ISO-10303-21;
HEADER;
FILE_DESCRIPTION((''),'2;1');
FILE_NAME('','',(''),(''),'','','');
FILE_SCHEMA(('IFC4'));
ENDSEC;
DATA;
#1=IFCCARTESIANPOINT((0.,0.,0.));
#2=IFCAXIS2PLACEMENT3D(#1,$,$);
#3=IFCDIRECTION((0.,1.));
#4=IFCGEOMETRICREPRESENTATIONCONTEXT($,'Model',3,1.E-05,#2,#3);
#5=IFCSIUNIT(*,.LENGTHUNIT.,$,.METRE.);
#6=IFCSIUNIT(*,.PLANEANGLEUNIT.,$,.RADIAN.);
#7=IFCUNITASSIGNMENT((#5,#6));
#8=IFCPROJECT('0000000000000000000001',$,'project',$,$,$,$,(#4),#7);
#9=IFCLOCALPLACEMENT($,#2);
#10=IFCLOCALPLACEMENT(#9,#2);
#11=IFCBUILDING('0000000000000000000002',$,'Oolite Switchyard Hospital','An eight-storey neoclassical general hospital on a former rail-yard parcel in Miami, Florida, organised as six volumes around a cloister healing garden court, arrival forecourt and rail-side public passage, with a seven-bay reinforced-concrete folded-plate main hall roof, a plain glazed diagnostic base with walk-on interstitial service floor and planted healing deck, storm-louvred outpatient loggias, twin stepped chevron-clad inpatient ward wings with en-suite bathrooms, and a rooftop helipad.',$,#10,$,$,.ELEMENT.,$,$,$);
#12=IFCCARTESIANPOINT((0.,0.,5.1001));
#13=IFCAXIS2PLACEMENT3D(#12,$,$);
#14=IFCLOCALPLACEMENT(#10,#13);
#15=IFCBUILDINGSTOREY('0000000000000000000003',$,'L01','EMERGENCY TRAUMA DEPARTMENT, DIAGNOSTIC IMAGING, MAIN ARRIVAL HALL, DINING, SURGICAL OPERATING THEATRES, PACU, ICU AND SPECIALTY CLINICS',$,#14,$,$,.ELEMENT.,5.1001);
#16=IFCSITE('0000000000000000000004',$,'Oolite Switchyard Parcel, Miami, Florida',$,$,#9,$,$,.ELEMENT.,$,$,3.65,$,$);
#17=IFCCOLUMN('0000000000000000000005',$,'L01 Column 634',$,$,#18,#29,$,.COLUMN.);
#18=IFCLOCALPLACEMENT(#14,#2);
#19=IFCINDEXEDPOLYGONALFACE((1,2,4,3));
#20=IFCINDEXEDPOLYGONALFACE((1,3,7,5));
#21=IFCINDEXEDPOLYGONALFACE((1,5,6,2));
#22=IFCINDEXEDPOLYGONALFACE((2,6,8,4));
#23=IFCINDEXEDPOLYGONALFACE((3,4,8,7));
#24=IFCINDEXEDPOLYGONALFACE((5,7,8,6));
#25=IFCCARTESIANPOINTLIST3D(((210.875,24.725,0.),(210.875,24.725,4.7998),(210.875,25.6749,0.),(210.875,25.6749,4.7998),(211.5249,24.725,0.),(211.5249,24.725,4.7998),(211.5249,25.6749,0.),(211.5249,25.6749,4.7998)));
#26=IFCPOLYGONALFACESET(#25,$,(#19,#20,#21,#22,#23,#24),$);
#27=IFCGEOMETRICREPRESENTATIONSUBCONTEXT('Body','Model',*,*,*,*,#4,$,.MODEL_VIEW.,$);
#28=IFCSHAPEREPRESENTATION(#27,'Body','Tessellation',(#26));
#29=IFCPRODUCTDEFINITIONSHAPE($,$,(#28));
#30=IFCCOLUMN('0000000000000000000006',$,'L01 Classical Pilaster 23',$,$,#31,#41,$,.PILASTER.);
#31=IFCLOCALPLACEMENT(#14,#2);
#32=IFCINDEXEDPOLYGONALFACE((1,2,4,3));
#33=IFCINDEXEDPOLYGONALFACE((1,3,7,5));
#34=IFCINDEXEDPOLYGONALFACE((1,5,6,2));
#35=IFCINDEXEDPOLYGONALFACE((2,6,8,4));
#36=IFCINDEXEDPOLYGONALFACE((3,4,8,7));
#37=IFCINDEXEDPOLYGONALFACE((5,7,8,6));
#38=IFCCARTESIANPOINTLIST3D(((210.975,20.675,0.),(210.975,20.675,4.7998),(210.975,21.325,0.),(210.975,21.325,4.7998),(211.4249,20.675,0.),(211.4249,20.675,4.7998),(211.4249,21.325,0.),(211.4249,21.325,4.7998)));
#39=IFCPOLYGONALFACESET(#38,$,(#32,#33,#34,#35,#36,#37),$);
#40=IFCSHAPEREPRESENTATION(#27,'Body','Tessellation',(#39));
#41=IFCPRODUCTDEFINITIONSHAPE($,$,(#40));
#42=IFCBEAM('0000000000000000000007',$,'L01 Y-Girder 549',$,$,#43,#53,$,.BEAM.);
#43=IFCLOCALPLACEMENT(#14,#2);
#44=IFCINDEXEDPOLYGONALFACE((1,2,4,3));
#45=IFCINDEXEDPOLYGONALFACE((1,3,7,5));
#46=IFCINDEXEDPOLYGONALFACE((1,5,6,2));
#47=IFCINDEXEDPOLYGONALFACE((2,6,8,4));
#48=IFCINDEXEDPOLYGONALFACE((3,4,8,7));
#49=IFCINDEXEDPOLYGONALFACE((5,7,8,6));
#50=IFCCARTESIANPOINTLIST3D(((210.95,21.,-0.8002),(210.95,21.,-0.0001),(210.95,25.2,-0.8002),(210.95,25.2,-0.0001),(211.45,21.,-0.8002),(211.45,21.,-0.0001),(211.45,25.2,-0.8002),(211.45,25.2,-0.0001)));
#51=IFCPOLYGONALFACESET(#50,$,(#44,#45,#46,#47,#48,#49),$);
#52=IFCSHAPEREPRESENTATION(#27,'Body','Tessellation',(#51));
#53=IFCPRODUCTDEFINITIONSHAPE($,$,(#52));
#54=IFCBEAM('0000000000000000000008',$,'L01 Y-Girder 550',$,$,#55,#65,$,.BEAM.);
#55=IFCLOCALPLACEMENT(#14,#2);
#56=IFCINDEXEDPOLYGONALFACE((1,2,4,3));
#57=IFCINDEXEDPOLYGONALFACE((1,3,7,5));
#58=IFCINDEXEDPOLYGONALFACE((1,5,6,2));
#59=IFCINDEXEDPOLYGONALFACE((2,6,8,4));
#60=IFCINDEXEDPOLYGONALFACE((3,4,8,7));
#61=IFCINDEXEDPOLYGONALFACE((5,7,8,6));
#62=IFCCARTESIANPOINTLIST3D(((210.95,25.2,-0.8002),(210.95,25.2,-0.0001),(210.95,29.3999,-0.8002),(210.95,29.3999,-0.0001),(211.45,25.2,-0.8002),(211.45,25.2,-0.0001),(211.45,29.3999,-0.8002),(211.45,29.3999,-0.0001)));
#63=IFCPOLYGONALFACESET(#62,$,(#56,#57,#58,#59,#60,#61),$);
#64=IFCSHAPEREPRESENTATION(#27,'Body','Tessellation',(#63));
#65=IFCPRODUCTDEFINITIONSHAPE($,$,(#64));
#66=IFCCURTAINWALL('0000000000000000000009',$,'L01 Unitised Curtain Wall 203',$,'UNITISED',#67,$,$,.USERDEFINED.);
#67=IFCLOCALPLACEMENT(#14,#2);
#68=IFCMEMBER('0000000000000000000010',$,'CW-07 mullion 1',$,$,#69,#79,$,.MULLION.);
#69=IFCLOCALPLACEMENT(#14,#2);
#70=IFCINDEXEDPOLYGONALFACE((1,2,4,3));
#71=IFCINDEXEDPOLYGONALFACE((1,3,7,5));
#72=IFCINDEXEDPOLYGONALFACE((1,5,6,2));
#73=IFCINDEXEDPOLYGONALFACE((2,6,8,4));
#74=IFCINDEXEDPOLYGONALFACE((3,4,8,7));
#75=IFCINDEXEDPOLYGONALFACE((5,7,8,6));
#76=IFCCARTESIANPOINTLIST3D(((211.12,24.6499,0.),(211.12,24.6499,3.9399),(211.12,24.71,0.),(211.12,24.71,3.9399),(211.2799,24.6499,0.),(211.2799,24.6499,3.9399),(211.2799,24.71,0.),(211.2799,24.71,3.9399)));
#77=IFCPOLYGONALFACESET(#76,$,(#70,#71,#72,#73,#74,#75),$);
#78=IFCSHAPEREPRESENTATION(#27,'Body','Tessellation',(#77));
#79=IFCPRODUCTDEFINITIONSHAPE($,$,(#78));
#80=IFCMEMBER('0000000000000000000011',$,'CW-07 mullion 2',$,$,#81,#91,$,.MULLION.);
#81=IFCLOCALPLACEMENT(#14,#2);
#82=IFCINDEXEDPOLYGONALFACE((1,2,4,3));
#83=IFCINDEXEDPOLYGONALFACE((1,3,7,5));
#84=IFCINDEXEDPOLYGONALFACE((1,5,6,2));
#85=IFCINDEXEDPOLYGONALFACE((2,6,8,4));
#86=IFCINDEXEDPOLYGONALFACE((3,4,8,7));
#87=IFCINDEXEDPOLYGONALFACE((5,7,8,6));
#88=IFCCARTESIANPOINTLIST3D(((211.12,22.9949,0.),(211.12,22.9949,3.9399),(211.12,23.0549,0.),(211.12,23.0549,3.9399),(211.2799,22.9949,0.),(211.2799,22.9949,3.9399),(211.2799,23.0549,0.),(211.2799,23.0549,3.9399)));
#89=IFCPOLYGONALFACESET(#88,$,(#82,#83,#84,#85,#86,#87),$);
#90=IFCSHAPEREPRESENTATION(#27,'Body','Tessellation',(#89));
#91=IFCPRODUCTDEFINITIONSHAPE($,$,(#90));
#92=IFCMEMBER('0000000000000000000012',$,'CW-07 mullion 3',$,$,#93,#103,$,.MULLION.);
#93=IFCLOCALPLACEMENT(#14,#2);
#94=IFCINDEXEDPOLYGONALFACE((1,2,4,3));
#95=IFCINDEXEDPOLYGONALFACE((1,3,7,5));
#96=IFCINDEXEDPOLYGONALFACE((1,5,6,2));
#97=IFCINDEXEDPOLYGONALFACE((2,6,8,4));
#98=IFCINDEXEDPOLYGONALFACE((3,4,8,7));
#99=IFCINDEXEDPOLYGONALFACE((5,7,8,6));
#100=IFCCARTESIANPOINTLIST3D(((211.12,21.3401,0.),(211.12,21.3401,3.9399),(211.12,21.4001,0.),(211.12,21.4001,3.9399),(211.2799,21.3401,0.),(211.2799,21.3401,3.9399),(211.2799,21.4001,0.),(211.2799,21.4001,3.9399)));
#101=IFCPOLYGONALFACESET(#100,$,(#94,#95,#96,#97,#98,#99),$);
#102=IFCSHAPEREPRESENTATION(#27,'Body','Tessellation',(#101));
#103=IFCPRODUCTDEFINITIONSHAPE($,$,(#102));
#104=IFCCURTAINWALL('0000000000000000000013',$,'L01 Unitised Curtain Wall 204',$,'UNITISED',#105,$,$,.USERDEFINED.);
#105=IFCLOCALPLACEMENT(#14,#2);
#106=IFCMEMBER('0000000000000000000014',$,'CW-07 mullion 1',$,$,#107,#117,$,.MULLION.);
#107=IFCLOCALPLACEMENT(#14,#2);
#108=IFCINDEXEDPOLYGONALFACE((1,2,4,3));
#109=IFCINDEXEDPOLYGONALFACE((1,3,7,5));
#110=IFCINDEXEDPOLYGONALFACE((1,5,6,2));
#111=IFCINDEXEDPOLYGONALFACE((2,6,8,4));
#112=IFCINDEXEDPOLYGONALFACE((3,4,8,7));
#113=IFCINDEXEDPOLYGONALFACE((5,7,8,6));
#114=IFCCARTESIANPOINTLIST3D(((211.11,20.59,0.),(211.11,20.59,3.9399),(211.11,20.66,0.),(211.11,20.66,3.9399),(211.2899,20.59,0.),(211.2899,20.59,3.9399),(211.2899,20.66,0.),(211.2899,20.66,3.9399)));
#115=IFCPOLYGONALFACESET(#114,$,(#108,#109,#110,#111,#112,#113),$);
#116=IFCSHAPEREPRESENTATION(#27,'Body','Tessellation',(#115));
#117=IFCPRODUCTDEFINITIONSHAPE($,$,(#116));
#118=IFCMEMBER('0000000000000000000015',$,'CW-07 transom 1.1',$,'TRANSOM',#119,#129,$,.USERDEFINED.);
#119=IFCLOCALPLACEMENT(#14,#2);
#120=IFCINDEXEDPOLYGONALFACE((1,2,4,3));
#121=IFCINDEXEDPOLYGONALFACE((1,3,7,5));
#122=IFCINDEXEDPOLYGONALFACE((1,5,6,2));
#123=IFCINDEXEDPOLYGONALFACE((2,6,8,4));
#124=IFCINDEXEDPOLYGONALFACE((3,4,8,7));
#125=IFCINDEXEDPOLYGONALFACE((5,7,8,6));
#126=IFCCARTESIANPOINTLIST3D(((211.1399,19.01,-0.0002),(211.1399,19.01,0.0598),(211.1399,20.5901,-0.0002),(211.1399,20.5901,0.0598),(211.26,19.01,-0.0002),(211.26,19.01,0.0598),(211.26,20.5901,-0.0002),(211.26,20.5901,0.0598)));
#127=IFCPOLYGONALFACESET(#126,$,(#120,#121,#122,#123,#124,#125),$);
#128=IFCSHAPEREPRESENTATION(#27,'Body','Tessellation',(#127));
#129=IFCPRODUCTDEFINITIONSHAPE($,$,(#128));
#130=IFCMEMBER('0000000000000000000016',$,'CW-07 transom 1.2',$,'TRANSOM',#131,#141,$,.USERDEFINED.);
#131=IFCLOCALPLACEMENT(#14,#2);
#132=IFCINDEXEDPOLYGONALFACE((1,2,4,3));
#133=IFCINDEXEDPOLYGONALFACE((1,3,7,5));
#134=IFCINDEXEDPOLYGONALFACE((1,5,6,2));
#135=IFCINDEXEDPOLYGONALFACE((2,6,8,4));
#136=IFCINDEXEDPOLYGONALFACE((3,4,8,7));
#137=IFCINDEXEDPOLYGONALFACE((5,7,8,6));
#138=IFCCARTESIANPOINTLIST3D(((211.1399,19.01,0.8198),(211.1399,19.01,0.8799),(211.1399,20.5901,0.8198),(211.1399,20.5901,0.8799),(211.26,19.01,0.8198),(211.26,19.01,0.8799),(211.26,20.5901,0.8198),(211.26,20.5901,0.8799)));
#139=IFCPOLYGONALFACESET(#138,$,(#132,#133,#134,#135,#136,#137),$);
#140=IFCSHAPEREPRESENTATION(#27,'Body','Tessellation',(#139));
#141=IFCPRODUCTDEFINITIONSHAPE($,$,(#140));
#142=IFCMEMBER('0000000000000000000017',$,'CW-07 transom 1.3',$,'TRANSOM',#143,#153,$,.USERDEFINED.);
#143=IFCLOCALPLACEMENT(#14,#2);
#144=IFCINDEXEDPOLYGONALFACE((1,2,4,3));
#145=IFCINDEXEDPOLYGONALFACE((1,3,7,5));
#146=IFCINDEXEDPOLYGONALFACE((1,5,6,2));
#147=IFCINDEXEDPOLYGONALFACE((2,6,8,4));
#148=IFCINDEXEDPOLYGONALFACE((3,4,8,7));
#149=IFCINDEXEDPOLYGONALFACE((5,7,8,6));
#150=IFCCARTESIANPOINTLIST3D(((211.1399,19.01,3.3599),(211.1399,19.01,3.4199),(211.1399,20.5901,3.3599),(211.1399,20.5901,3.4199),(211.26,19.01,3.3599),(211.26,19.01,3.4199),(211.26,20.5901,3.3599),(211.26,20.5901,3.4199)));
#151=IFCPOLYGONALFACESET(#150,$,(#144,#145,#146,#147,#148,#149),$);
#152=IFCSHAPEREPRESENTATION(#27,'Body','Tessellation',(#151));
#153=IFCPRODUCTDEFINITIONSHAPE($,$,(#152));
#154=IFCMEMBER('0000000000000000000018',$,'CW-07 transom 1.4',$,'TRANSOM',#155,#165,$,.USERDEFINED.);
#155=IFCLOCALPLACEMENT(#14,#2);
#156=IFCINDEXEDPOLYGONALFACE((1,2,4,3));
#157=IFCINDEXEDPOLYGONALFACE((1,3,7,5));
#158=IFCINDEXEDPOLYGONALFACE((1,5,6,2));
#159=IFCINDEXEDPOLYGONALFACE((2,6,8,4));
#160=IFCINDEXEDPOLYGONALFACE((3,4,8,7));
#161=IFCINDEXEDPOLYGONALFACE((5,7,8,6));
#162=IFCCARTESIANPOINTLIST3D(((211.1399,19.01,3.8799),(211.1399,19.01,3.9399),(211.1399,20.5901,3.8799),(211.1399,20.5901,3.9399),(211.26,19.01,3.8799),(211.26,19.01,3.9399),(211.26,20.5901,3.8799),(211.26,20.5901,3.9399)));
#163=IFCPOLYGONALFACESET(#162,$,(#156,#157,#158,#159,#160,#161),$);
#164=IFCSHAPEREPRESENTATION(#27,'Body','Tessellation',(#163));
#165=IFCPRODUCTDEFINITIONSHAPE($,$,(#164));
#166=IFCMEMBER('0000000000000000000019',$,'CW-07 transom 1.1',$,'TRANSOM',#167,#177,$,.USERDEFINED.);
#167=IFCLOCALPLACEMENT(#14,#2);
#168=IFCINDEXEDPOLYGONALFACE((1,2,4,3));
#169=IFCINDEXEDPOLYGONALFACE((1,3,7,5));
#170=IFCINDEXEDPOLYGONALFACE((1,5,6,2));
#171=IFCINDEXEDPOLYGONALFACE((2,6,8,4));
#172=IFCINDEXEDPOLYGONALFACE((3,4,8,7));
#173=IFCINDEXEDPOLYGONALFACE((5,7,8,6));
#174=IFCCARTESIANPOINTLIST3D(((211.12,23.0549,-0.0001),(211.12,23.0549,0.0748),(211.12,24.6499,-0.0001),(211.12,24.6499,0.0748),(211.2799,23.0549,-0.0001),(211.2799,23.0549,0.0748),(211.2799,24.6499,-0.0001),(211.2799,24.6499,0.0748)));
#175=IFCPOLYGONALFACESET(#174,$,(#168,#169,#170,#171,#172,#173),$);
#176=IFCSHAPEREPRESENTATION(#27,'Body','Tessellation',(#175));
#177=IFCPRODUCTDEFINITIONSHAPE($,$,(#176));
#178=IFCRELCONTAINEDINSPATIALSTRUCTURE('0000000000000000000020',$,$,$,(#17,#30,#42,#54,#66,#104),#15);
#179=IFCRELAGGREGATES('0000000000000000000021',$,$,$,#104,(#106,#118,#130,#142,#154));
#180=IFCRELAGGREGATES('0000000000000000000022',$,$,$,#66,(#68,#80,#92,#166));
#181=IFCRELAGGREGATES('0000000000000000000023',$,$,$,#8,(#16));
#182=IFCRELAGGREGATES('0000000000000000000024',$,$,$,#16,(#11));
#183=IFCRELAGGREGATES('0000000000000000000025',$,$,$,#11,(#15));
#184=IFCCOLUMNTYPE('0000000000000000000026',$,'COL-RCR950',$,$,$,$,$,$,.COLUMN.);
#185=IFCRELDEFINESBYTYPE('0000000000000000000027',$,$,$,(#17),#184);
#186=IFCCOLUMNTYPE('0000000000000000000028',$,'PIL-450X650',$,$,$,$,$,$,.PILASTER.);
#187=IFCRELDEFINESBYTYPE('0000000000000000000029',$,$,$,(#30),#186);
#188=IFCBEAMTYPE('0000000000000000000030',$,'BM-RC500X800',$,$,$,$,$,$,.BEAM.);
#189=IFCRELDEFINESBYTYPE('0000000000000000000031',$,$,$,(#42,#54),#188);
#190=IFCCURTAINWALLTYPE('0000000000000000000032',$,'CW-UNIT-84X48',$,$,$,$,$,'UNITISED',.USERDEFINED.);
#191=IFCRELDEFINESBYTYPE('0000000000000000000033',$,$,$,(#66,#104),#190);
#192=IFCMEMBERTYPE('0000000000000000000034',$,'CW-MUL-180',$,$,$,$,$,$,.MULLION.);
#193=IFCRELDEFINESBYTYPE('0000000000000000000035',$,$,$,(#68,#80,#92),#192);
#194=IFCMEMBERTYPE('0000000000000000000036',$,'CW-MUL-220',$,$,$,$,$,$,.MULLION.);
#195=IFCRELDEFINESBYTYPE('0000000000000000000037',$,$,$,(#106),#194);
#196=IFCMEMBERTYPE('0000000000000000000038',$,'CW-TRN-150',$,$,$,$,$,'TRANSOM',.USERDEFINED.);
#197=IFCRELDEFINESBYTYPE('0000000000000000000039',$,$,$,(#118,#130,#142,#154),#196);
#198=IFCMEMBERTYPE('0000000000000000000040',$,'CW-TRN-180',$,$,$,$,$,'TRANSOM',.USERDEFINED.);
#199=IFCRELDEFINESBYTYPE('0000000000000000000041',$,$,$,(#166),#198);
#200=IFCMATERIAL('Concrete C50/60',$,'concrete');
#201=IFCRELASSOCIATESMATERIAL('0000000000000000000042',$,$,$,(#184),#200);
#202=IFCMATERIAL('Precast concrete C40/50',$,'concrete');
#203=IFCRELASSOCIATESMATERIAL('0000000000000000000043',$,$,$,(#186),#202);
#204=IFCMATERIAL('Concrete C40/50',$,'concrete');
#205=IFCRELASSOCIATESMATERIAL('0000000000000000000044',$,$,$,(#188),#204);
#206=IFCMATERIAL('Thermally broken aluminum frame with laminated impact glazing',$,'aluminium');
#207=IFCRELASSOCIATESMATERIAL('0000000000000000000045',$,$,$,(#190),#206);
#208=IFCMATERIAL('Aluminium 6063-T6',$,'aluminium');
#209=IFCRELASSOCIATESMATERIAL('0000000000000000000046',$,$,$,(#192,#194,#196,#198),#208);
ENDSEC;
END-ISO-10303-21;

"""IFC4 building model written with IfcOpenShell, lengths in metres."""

from ifc_helpers import new_model, si_unit, direction, frame, origin, origin_2d, place, context, subcontext, project, spatial, rectangle, extrude, material, material_profile, profile_set, type_object, element, aggregate, save


model = new_model("IFC4")

# Units and contexts
model_context = context("Model", 3, precision=1e-05, world=origin(), true_north=direction((0.0, 1.0)))
body_context = subcontext(model_context, "Body", "Model", "MODEL_VIEW")
ifc_project = project(units=[si_unit("LENGTHUNIT", "METRE"), si_unit("PLANEANGLEUNIT", "RADIAN")], contexts=[model_context])

# Site, building, storey
site_placement = place(None, origin())
site = spatial("IfcSite", under=ifc_project, at=site_placement, Name="Oolite Switchyard Parcel, Miami, Florida", CompositionType="ELEMENT", RefElevation=3.65)
building_placement = place(site_placement, origin())
building = spatial("IfcBuilding", under=site, at=building_placement, Name="Oolite Switchyard Hospital", Description="An eight-storey neoclassical general hospital on a former rail-yard parcel in Miami, Florida, organised as six volumes around a cloister healing garden court, arrival forecourt and rail-side public passage, with a seven-bay reinforced-concrete folded-plate main hall roof, a plain glazed diagnostic base with walk-on interstitial service floor and planted healing deck, storm-louvred outpatient loggias, twin stepped chevron-clad inpatient ward wings with en-suite bathrooms, and a rooftop helipad.", CompositionType="ELEMENT")
storey_placement = place(building_placement, frame((0.0, 0.0, 5.1001)))
storey = spatial("IfcBuildingStorey", under=building, at=storey_placement, Name="L01", Description="EMERGENCY TRAUMA DEPARTMENT, DIAGNOSTIC IMAGING, MAIN ARRIVAL HALL, DINING, SURGICAL OPERATING THEATRES, PACU, ICU AND SPECIALTY CLINICS", CompositionType="ELEMENT", Elevation=5.1001)

# Columns
ifc_material_1 = material(Name="Concrete C50/60", Category="concrete")
ifc_material_profile_1 = material_profile(ifc_material_1, rectangle(XDim=0.95, YDim=0.6499, at=origin_2d()), Name="RC950X650")
ifc_profile_set_1 = profile_set([ifc_material_profile_1], Name="Concrete C50/60")
column_type_1 = type_object("IfcColumnType", Name="COL-RCR950", PredefinedType="COLUMN", material=ifc_profile_set_1)
column_1_placement = place(storey_placement, frame((211.2, 25.2, 0.0), z_axis=(0.0, 0.0, 1.0), x_axis=(0.0, 1.0, 0.0)))
element("IfcColumn", 1, at=column_1_placement, inside=storey, type_object=column_type_1, Name="L01 Column 634", PredefinedType="COLUMN", context=body_context, shape_type="SweptSolid", body=[
    extrude(rectangle(XDim=0.95, YDim=0.6499, at=origin_2d()), origin(), (0.0, 0.0, 1.0), 4.7998),
])
ifc_material_2 = material(Name="Precast concrete C40/50", Category="concrete")
ifc_material_profile_2 = material_profile(ifc_material_2, rectangle(XDim=0.45, YDim=0.6499, at=origin_2d()), Name="PIL450X650")
ifc_profile_set_2 = profile_set([ifc_material_profile_2], Name="Precast concrete C40/50")
column_type_2 = type_object("IfcColumnType", Name="PIL-450X650", PredefinedType="PILASTER", material=ifc_profile_set_2)
column_2_placement = place(storey_placement, frame((211.2, 21.0, 0.0), z_axis=(0.0, 0.0, 1.0), x_axis=(1.0, 0.0, 0.0)))
element("IfcColumn", 2, at=column_2_placement, inside=storey, type_object=column_type_2, Name="L01 Classical Pilaster 23", PredefinedType="PILASTER", context=body_context, shape_type="SweptSolid", body=[
    extrude(rectangle(XDim=0.45, YDim=0.6499, at=origin_2d()), origin(), (0.0, 0.0, 1.0), 4.7998),
])

# Beams
ifc_material_3 = material(Name="Concrete C40/50", Category="concrete")
ifc_material_profile_3 = material_profile(ifc_material_3, rectangle(XDim=0.5, YDim=0.8, at=origin_2d()), Name="RCB500X800")
ifc_profile_set_3 = profile_set([ifc_material_profile_3], Name="Concrete C40/50")
beam_type = type_object("IfcBeamType", Name="BM-RC500X800", PredefinedType="BEAM", material=ifc_profile_set_3)
for number, where, z_axis, x_axis, name in (
    (3, (211.2, 21.0, -0.4001), (0.0, 1.0, 0.0), (-1.0, 0.0, 0.0), "L01 Y-Girder 549"),
    (4, (211.2, 25.2, -0.4001), (0.0, 1.0, 0.0), (-1.0, 0.0, 0.0), "L01 Y-Girder 550"),
):
    element("IfcBeam", number, at=place(storey_placement, frame(where, z_axis=z_axis, x_axis=x_axis)), inside=storey, type_object=beam_type, Name=name, PredefinedType="BEAM", context=body_context, shape_type="SweptSolid", body=[
        extrude(rectangle(XDim=0.5, YDim=0.8, at=origin_2d()), origin(), (0.0, 0.0, 1.0), 4.2),
    ])

# Curtain walls, members
ifc_material_4 = material(Name="Thermally broken aluminum frame with laminated impact glazing", Category="aluminium")
curtain_wall_type = type_object("IfcCurtainWallType", Name="CW-UNIT-84X48", ElementType="UNITISED", PredefinedType="USERDEFINED", material=ifc_material_4)
curtain_wall_1_placement = place(storey_placement, origin())
curtain_wall_1 = element("IfcCurtainWall", 5, at=curtain_wall_1_placement, inside=storey, type_object=curtain_wall_type, Name="L01 Unitised Curtain Wall 203", ObjectType="UNITISED", PredefinedType="USERDEFINED")
ifc_material_5 = material(Name="Aluminium 6063-T6", Category="aluminium")
ifc_material_profile_4 = material_profile(ifc_material_5, rectangle(XDim=0.1599, YDim=0.0601, at=origin_2d()), Name="CWM60X160")
ifc_profile_set_4 = profile_set([ifc_material_profile_4], Name="Aluminium 6063-T6")
member_type_1 = type_object("IfcMemberType", Name="CW-MUL-180", PredefinedType="MULLION", material=ifc_profile_set_4)
member_1_placement = place(storey_placement, frame((211.2, 24.6799, 0.0), z_axis=(0.0, 0.0, 1.0), x_axis=(1.0, 0.0, 0.0)))
member_1 = element("IfcMember", 6, at=member_1_placement, type_object=member_type_1, Name="CW-07 mullion 1", PredefinedType="MULLION", context=body_context, shape_type="SweptSolid", body=[
    extrude(rectangle(XDim=0.1599, YDim=0.0601, at=origin_2d()), origin(), (0.0, 0.0, 1.0), 3.9399),
])
member_2_placement = place(storey_placement, frame((211.2, 23.0249, 0.0), z_axis=(0.0, 0.0, 1.0), x_axis=(1.0, 0.0, 0.0)))
member_2 = element("IfcMember", 7, at=member_2_placement, type_object=member_type_1, Name="CW-07 mullion 2", PredefinedType="MULLION", context=body_context, shape_type="SweptSolid", body=[
    extrude(rectangle(XDim=0.1599, YDim=0.0601, at=origin_2d()), origin(), (0.0, 0.0, 1.0), 3.9399),
])
member_3_placement = place(storey_placement, frame((211.2, 21.3701, 0.0), z_axis=(0.0, 0.0, 1.0), x_axis=(1.0, 0.0, 0.0)))
member_3 = element("IfcMember", 8, at=member_3_placement, type_object=member_type_1, Name="CW-07 mullion 3", PredefinedType="MULLION", context=body_context, shape_type="SweptSolid", body=[
    extrude(rectangle(XDim=0.1599, YDim=0.0601, at=origin_2d()), origin(), (0.0, 0.0, 1.0), 3.9399),
])
curtain_wall_2_placement = place(storey_placement, origin())
curtain_wall_2 = element("IfcCurtainWall", 9, at=curtain_wall_2_placement, inside=storey, type_object=curtain_wall_type, Name="L01 Unitised Curtain Wall 204", ObjectType="UNITISED", PredefinedType="USERDEFINED")
ifc_material_profile_5 = material_profile(ifc_material_5, rectangle(XDim=0.1799, YDim=0.0701, at=origin_2d()), Name="CWM70X180")
ifc_profile_set_5 = profile_set([ifc_material_profile_5], Name="Aluminium 6063-T6")
member_type_2 = type_object("IfcMemberType", Name="CW-MUL-220", PredefinedType="MULLION", material=ifc_profile_set_5)
member_4_placement = place(storey_placement, frame((211.2, 20.625, 0.0), z_axis=(0.0, 0.0, 1.0), x_axis=(1.0, 0.0, 0.0)))
member_4 = element("IfcMember", 10, at=member_4_placement, type_object=member_type_2, Name="CW-07 mullion 1", PredefinedType="MULLION", context=body_context, shape_type="SweptSolid", body=[
    extrude(rectangle(XDim=0.1799, YDim=0.0701, at=origin_2d()), origin(), (0.0, 0.0, 1.0), 3.9399),
])
ifc_material_profile_6 = material_profile(ifc_material_5, rectangle(XDim=0.1201, YDim=0.0601, at=origin_2d()), Name="CWT60X120")
ifc_profile_set_6 = profile_set([ifc_material_profile_6], Name="Aluminium 6063-T6")
member_type_3 = type_object("IfcMemberType", Name="CW-TRN-150", ElementType="TRANSOM", PredefinedType="USERDEFINED", material=ifc_profile_set_6)
member_5_placement = place(storey_placement, frame((211.2, 20.5901, 0.0298), z_axis=(0.0, -1.0, 0.0), x_axis=(1.0, 0.0, 0.0)))
member_5 = element("IfcMember", 11, at=member_5_placement, type_object=member_type_3, Name="CW-07 transom 1.1", ObjectType="TRANSOM", PredefinedType="USERDEFINED", context=body_context, shape_type="SweptSolid", body=[
    extrude(rectangle(XDim=0.1201, YDim=0.0601, at=origin_2d()), origin(), (0.0, 0.0, 1.0), 1.5801),
])
member_6_placement = place(storey_placement, frame((211.2, 20.5901, 0.8499), z_axis=(0.0, -1.0, 0.0), x_axis=(1.0, 0.0, 0.0)))
member_6 = element("IfcMember", 12, at=member_6_placement, type_object=member_type_3, Name="CW-07 transom 1.2", ObjectType="TRANSOM", PredefinedType="USERDEFINED", context=body_context, shape_type="SweptSolid", body=[
    extrude(rectangle(XDim=0.1201, YDim=0.0601, at=origin_2d()), origin(), (0.0, 0.0, 1.0), 1.5801),
])
member_7_placement = place(storey_placement, frame((211.2, 20.5901, 3.3899), z_axis=(0.0, -1.0, 0.0), x_axis=(1.0, 0.0, 0.0)))
member_7 = element("IfcMember", 13, at=member_7_placement, type_object=member_type_3, Name="CW-07 transom 1.3", ObjectType="TRANSOM", PredefinedType="USERDEFINED", context=body_context, shape_type="SweptSolid", body=[
    extrude(rectangle(XDim=0.1201, YDim=0.0601, at=origin_2d()), origin(), (0.0, 0.0, 1.0), 1.5801),
])
member_8_placement = place(storey_placement, frame((211.2, 20.5901, 3.9099), z_axis=(0.0, -1.0, 0.0), x_axis=(1.0, 0.0, 0.0)))
member_8 = element("IfcMember", 14, at=member_8_placement, type_object=member_type_3, Name="CW-07 transom 1.4", ObjectType="TRANSOM", PredefinedType="USERDEFINED", context=body_context, shape_type="SweptSolid", body=[
    extrude(rectangle(XDim=0.1201, YDim=0.0601, at=origin_2d()), origin(), (0.0, 0.0, 1.0), 1.5801),
])
aggregate(curtain_wall_2, [member_4, member_5, member_6, member_7, member_8])

# Member
ifc_material_profile_7 = material_profile(ifc_material_5, rectangle(XDim=0.1599, YDim=0.075, at=origin_2d()), Name="CWT75X160")
ifc_profile_set_7 = profile_set([ifc_material_profile_7], Name="Aluminium 6063-T6")
member_type_4 = type_object("IfcMemberType", Name="CW-TRN-180", ElementType="TRANSOM", PredefinedType="USERDEFINED", material=ifc_profile_set_7)
member_9_placement = place(storey_placement, frame((211.2, 24.6499, 0.0374), z_axis=(0.0, -1.0, 0.0), x_axis=(1.0, 0.0, 0.0)))
member_9 = element("IfcMember", 15, at=member_9_placement, type_object=member_type_4, Name="CW-07 transom 1.1", ObjectType="TRANSOM", PredefinedType="USERDEFINED", context=body_context, shape_type="SweptSolid", body=[
    extrude(rectangle(XDim=0.1599, YDim=0.075, at=origin_2d()), origin(), (0.0, 0.0, 1.0), 1.595),
])

aggregate(curtain_wall_1, [member_1, member_2, member_3, member_9])

save(model, "model.ifc")
